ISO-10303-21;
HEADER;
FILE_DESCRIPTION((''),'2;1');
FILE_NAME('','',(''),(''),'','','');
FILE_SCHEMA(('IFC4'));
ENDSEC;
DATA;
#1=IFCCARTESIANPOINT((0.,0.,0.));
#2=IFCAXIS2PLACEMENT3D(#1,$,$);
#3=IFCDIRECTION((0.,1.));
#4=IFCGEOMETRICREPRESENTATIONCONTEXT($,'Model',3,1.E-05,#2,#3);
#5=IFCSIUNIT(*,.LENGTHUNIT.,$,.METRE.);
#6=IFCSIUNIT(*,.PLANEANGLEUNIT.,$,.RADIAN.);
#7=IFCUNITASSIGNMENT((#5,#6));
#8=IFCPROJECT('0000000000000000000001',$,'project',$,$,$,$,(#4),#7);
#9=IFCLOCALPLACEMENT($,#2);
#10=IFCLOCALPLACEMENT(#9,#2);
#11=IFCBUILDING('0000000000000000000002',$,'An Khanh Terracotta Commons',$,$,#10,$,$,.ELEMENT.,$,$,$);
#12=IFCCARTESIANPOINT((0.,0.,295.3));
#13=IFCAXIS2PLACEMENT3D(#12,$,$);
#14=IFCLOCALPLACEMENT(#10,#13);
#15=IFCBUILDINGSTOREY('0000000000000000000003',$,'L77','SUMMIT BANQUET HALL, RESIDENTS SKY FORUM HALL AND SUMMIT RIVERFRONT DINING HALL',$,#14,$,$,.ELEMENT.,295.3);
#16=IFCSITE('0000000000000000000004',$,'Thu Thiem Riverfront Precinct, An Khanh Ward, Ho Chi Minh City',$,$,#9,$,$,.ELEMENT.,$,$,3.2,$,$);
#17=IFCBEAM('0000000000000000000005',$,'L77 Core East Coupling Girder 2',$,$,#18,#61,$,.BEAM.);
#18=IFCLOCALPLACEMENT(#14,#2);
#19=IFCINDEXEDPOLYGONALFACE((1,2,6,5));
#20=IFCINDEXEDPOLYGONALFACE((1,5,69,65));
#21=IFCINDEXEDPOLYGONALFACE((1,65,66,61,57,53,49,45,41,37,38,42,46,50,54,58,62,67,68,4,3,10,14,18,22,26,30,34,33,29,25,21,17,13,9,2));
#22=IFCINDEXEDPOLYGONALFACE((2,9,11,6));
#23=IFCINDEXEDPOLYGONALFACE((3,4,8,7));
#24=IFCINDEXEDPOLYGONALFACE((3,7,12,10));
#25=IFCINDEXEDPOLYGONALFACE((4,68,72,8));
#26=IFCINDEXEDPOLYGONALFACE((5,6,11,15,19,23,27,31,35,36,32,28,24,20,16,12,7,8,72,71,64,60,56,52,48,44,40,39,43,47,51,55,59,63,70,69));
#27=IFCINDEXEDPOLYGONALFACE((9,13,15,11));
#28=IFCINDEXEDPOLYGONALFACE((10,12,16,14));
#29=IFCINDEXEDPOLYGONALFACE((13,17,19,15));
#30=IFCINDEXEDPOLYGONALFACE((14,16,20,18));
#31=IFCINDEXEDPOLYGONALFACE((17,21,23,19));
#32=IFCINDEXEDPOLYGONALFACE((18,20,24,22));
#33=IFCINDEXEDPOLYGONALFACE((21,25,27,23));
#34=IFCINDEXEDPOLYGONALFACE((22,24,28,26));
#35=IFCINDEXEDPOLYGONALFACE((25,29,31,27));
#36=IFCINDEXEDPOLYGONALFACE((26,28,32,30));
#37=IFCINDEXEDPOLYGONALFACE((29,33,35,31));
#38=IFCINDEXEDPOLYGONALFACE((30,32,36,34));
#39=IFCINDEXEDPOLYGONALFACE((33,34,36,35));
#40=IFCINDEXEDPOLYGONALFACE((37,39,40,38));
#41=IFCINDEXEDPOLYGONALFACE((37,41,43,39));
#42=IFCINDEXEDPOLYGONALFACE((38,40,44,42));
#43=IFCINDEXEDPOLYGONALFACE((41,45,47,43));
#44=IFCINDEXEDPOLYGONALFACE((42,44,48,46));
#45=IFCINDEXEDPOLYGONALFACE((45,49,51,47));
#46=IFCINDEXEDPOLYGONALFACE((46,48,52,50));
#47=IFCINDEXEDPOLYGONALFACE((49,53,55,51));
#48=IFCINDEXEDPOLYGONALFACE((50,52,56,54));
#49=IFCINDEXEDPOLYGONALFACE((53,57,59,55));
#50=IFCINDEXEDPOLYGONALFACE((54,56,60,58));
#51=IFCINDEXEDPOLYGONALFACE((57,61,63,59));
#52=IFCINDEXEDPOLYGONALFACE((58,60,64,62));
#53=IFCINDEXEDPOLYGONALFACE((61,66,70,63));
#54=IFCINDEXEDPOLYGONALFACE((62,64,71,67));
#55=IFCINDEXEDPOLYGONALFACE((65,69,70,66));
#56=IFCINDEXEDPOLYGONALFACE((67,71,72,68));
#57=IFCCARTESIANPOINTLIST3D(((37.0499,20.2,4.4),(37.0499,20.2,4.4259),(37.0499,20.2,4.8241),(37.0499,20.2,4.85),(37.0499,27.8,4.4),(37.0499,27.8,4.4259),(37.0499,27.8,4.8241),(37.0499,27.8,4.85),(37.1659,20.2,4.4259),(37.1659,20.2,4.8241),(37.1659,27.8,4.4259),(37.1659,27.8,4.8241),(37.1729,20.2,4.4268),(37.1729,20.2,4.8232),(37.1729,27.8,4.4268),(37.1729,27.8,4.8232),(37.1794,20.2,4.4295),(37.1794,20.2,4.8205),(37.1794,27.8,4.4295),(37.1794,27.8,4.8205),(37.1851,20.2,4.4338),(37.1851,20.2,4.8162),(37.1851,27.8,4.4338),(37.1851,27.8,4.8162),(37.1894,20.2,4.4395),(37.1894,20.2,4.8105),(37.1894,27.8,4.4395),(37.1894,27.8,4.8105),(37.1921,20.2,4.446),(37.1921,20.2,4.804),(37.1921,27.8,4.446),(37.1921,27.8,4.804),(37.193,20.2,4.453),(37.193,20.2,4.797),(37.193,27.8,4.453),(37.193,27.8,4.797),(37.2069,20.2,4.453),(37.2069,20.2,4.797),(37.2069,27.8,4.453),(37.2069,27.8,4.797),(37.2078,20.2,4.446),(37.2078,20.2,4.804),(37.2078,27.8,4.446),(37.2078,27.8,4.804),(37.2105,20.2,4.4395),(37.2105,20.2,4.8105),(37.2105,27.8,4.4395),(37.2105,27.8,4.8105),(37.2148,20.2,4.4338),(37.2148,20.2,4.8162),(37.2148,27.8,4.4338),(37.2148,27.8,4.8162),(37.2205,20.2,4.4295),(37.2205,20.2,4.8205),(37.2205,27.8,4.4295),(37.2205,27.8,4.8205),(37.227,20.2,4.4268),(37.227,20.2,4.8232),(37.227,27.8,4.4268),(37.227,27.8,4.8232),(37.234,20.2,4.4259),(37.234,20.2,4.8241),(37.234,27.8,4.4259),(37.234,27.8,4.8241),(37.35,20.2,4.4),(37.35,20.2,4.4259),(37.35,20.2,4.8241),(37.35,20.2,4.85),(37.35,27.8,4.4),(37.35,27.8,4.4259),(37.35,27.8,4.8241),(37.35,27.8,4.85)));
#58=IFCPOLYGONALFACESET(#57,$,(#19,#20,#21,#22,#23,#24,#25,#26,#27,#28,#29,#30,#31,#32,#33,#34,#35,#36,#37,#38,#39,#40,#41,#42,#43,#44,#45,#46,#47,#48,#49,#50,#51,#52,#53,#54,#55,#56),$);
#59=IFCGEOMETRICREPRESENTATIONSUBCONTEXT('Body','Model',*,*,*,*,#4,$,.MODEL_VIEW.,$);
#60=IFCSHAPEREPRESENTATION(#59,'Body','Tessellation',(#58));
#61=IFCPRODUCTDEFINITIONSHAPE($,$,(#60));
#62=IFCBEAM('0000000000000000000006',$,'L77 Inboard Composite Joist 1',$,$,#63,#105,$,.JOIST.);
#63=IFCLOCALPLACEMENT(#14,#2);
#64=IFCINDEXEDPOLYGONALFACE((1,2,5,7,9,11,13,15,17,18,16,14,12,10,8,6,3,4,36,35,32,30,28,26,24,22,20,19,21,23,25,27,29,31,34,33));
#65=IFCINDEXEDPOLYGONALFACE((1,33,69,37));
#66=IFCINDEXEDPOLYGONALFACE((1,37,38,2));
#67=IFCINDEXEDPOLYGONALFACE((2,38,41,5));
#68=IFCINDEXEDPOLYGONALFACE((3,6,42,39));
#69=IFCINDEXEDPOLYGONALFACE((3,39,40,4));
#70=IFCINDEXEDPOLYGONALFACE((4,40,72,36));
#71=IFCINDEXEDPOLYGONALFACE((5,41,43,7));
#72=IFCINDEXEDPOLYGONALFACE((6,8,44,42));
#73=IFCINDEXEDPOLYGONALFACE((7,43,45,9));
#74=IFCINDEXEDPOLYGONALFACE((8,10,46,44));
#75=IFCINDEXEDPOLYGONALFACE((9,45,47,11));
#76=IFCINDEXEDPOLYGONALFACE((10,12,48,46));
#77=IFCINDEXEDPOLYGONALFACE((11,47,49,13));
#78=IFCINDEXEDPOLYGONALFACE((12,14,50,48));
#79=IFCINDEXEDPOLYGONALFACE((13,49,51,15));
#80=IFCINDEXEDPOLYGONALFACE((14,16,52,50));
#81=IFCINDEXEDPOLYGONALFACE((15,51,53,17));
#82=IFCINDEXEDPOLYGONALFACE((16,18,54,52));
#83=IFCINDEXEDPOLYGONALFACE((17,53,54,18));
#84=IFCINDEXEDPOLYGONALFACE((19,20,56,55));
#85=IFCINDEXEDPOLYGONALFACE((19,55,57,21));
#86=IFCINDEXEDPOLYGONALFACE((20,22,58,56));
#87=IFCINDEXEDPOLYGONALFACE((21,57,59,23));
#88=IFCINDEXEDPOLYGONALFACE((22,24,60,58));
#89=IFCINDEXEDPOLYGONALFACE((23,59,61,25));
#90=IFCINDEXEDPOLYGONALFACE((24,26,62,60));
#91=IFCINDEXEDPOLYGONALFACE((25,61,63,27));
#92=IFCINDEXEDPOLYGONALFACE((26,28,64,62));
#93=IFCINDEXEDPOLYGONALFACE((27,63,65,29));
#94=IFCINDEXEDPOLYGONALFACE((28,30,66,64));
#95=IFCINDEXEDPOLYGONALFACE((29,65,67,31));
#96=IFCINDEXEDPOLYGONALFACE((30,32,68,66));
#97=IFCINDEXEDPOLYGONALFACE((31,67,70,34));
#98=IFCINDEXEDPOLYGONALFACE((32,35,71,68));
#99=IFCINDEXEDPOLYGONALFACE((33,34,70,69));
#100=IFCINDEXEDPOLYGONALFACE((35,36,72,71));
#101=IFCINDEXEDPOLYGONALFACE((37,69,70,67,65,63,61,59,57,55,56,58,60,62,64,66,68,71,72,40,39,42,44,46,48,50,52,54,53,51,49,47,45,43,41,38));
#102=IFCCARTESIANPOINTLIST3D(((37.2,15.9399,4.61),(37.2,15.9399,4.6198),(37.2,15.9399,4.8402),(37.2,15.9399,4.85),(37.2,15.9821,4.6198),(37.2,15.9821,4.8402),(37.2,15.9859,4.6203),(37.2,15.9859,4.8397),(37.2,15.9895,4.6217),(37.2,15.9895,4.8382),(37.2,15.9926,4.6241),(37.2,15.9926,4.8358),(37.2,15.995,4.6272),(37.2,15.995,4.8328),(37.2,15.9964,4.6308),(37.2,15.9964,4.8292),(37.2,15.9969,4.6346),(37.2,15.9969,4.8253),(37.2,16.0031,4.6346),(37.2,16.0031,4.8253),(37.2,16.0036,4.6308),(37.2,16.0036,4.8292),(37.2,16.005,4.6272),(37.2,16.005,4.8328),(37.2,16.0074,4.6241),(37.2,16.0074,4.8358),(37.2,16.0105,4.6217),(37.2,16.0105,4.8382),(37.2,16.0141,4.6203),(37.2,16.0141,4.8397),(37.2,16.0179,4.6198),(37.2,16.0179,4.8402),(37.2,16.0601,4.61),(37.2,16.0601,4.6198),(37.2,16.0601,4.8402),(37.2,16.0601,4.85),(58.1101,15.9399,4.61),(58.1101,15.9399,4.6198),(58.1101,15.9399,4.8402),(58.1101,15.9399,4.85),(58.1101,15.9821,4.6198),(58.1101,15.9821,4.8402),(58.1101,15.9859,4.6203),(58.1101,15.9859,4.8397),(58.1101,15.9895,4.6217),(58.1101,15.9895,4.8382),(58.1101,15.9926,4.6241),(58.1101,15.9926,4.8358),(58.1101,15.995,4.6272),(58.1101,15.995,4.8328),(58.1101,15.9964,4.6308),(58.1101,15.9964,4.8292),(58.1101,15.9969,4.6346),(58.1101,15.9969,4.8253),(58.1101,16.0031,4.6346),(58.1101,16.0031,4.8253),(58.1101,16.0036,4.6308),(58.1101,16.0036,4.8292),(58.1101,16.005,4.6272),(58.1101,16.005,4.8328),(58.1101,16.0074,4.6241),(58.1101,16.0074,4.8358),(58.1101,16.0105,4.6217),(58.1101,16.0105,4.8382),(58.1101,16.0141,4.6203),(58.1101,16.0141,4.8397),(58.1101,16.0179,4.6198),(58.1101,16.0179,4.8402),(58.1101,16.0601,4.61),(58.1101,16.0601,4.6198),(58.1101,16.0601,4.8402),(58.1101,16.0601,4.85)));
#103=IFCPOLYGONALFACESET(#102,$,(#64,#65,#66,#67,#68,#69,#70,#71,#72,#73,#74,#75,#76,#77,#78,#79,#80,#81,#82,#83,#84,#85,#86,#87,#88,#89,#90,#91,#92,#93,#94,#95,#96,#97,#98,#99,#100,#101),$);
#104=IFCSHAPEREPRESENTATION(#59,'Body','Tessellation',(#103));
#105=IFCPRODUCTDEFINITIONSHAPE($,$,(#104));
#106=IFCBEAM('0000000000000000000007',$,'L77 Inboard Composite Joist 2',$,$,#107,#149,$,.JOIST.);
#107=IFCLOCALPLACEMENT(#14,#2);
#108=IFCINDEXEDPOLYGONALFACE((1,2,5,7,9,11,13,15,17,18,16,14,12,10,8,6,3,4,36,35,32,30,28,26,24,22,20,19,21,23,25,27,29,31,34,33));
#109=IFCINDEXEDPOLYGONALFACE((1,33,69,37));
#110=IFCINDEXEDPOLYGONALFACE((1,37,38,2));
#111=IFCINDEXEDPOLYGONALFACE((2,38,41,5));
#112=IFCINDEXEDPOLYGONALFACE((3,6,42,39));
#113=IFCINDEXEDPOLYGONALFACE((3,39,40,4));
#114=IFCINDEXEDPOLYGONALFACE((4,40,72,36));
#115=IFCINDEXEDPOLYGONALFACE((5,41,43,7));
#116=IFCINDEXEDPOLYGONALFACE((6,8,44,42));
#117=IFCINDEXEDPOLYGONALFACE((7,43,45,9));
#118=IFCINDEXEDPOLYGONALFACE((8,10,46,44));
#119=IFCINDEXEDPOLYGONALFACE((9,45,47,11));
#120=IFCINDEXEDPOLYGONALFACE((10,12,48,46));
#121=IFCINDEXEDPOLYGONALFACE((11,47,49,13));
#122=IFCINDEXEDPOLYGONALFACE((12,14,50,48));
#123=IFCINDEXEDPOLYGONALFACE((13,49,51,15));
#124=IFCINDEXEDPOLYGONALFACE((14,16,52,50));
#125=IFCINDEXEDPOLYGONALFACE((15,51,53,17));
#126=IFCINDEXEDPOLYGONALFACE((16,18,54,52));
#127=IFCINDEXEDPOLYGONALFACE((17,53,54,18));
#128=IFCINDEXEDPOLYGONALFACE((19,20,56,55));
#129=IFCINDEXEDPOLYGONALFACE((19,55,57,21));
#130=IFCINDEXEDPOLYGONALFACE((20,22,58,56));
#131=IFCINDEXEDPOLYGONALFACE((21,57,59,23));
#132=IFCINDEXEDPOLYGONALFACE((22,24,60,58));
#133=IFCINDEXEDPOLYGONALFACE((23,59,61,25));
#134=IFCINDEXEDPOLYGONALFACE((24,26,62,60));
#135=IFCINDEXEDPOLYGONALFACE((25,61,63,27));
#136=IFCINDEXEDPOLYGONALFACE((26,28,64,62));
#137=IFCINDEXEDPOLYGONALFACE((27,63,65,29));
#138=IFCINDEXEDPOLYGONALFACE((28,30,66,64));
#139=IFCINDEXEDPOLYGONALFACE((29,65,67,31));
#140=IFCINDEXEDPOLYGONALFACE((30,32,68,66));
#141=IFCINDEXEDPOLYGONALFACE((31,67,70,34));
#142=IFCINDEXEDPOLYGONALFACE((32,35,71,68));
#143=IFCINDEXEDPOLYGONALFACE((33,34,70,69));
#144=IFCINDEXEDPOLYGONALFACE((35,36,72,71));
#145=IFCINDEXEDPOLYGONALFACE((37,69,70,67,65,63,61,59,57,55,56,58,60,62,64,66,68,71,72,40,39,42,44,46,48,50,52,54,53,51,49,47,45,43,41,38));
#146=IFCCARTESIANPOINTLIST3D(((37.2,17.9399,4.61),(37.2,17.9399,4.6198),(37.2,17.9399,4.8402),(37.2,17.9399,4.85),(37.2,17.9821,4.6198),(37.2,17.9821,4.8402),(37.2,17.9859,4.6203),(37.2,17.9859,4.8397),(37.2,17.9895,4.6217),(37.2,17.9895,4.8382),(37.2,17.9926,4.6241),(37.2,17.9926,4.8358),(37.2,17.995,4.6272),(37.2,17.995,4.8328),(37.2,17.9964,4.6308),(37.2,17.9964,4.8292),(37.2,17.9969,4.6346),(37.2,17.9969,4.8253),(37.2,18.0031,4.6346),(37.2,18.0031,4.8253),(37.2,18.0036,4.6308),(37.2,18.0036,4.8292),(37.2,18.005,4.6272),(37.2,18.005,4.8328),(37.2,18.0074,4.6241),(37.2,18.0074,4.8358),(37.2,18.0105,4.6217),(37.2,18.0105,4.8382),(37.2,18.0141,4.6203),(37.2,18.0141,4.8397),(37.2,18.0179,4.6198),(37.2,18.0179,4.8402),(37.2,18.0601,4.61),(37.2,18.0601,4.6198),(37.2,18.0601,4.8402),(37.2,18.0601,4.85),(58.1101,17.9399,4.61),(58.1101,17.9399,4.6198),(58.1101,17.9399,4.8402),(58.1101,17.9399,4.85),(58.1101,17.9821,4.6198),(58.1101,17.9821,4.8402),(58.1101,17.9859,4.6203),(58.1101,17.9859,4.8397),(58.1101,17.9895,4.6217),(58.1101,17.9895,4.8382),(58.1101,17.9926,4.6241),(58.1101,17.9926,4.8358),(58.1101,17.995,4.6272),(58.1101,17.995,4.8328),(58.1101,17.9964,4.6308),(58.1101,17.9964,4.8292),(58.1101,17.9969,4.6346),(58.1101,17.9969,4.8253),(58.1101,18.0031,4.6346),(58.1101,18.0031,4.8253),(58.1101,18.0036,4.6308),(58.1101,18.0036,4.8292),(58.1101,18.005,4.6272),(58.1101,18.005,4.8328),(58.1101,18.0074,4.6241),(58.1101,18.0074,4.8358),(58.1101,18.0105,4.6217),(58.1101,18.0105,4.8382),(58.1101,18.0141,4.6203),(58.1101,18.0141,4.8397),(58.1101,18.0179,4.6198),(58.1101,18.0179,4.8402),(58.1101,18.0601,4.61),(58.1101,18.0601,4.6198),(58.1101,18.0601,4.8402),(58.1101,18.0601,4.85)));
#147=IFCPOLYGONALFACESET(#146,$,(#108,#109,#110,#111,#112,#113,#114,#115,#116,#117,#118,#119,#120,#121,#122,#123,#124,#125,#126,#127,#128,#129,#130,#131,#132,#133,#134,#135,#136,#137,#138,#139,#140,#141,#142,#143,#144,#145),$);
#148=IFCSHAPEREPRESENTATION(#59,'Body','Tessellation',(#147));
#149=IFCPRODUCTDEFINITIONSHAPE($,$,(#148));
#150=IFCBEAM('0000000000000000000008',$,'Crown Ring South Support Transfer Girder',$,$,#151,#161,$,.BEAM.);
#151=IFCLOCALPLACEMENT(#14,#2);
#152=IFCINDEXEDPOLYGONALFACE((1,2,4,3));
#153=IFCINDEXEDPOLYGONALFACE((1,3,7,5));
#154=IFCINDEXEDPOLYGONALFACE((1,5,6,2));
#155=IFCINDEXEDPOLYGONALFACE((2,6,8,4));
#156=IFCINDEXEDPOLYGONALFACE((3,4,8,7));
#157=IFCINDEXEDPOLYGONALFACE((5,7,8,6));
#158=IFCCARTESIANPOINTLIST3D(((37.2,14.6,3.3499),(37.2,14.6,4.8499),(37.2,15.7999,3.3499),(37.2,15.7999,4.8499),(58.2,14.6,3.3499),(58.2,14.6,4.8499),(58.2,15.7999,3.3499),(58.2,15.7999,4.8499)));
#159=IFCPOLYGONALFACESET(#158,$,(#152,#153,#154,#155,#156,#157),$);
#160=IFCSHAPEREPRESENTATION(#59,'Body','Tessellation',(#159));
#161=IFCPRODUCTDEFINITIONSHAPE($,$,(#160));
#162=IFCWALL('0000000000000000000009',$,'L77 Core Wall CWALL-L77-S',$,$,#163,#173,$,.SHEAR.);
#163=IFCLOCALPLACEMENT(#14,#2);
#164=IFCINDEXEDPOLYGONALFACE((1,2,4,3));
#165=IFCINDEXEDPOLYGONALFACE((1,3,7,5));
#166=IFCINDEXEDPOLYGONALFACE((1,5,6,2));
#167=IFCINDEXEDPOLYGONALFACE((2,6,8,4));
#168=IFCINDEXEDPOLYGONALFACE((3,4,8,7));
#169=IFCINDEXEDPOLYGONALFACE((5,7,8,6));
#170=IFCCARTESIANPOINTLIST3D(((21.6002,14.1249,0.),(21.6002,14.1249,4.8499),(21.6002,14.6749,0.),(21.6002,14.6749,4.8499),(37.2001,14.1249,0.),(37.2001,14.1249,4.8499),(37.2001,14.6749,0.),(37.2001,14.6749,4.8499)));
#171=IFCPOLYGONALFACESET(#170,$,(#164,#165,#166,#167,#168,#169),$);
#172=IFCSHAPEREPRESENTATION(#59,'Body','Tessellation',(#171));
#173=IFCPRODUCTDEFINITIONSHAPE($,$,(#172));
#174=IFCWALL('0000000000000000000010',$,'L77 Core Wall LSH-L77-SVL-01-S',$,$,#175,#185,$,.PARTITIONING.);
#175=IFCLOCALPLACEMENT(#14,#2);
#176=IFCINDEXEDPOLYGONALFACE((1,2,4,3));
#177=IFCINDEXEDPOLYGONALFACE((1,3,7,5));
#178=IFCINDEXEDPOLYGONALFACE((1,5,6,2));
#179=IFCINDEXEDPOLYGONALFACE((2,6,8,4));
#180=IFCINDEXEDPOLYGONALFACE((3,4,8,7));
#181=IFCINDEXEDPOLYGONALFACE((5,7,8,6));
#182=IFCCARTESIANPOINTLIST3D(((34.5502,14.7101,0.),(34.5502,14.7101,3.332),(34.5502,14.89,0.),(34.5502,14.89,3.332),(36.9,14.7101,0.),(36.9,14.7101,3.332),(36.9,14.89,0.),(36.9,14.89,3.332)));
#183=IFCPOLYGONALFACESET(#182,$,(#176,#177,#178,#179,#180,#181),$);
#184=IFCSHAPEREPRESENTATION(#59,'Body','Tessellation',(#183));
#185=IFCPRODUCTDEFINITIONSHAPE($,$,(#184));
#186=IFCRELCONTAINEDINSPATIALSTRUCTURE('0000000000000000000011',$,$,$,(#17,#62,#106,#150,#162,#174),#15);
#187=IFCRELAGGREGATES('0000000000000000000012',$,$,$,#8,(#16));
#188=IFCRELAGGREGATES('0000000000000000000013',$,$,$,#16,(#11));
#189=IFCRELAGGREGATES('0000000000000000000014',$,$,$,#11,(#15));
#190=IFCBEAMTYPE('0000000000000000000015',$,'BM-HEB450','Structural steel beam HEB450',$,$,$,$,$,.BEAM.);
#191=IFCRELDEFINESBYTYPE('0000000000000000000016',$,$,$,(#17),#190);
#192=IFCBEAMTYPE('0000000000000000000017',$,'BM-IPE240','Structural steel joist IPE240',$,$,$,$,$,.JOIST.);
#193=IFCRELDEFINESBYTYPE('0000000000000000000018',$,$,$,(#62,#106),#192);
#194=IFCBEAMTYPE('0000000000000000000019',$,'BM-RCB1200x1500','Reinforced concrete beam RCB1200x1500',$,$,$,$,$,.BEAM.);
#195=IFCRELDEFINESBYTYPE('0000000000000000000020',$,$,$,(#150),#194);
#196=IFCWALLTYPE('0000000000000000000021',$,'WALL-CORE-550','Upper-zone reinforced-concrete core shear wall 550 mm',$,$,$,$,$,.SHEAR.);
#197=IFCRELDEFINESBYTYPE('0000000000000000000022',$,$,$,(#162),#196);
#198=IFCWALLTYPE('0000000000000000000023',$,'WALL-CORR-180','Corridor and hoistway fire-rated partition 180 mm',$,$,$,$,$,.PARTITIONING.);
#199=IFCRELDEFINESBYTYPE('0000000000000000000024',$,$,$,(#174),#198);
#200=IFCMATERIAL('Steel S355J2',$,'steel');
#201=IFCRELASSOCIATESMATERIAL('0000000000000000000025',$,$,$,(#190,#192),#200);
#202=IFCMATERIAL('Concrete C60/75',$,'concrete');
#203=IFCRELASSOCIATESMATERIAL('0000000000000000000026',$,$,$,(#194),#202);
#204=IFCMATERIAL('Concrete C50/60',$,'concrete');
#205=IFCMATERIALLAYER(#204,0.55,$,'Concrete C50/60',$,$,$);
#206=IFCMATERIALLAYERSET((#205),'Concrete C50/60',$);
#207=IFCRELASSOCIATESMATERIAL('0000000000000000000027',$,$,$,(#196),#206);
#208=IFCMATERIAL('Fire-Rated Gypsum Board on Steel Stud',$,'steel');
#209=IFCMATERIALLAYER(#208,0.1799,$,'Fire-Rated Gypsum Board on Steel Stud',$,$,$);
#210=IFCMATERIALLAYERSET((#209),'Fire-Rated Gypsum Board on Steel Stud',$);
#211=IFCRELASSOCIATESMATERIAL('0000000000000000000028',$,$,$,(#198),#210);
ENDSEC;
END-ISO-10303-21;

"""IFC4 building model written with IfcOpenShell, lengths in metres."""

from ifc_helpers import new_model, si_unit, direction, frame, frame_2d, origin, origin_2d, place, context, subcontext, project, spatial, rectangle, i_section, extrude, material, layer, layer_set, material_profile, profile_set, type_object, element, save


model = new_model("IFC4")

# Units and contexts
model_context = context("Model", 3, precision=1e-05, world=origin(), true_north=direction((0.0, 1.0)))
body_context = subcontext(model_context, "Body", "Model", "MODEL_VIEW")
ifc_project = project(units=[si_unit("LENGTHUNIT", "METRE"), si_unit("PLANEANGLEUNIT", "RADIAN")], contexts=[model_context])

# Site, building, storey
site_placement = place(None, origin())
site = spatial("IfcSite", under=ifc_project, at=site_placement, Name="Thu Thiem Riverfront Precinct, An Khanh Ward, Ho Chi Minh City", CompositionType="ELEMENT", RefElevation=3.2)
building_placement = place(site_placement, origin())
building = spatial("IfcBuilding", under=site, at=building_placement, Name="An Khanh Terracotta Commons", CompositionType="ELEMENT")
storey_placement = place(building_placement, frame((0.0, 0.0, 295.3)))
storey = spatial("IfcBuildingStorey", under=building, at=storey_placement, Name="L77", Description="SUMMIT BANQUET HALL, RESIDENTS SKY FORUM HALL AND SUMMIT RIVERFRONT DINING HALL", CompositionType="ELEMENT", Elevation=295.3)

# Shared definitions
ifc_material_1 = material(Name="Concrete C50/60", Category="concrete")

# Beams
ifc_material_2 = material(Name="Steel S355J2", Category="steel")
ifc_material_profile_1 = material_profile(ifc_material_2, i_section(OverallWidth=0.3, OverallDepth=0.45, WebThickness=0.0139, FlangeThickness=0.0259, FilletRadius=0.0271, at=origin_2d()), Name="HEB450")
ifc_profile_set_1 = profile_set([ifc_material_profile_1], Name="Steel S355J2")
beam_type_1 = type_object("IfcBeamType", Name="BM-HEB450", Description="Structural steel beam HEB450", PredefinedType="BEAM", material=ifc_profile_set_1)
beam_1_placement = place(storey_placement, frame((37.2, 20.2, 4.625), z_axis=(0.0, 1.0, 0.0), x_axis=(-1.0, 0.0, 0.0)))
element("IfcBeam", 1, at=beam_1_placement, inside=storey, type_object=beam_type_1, Name="L77 Core East Coupling Girder 2", PredefinedType="BEAM", context=body_context, shape_type="SweptSolid", body=[
    extrude(i_section(OverallWidth=0.3, OverallDepth=0.45, WebThickness=0.0139, FlangeThickness=0.0259, FilletRadius=0.0271, at=origin_2d()), origin(), (0.0, 0.0, 1.0), 7.6001),
])
ifc_material_profile_2 = material_profile(ifc_material_2, i_section(OverallWidth=0.1201, OverallDepth=0.24, WebThickness=0.0061, FlangeThickness=0.0098, FilletRadius=0.0149, at=origin_2d()), Name="IPE240")
ifc_profile_set_2 = profile_set([ifc_material_profile_2], Name="Steel S355J2")
beam_type_2 = type_object("IfcBeamType", Name="BM-IPE240", Description="Structural steel joist IPE240", PredefinedType="JOIST", material=ifc_profile_set_2)
for number, where, z_axis, x_axis, name in (
    (2, (37.2, 16.0, 4.73), (1.0, 0.0, 0.0), (0.0, 1.0, 0.0), "L77 Inboard Composite Joist 1"),
    (3, (37.2, 18.0, 4.73), (1.0, 0.0, 0.0), (0.0, 1.0, 0.0), "L77 Inboard Composite Joist 2"),
):
    element("IfcBeam", number, at=place(storey_placement, frame(where, z_axis=z_axis, x_axis=x_axis)), inside=storey, type_object=beam_type_2, Name=name, PredefinedType="JOIST", context=body_context, shape_type="SweptSolid", body=[
        extrude(i_section(OverallWidth=0.1201, OverallDepth=0.24, WebThickness=0.0061, FlangeThickness=0.0098, FilletRadius=0.0149, at=origin_2d()), origin(), (0.0, 0.0, 1.0), 20.9102),
    ])
ifc_material_3 = material(Name="Concrete C60/75", Category="concrete")
ifc_material_profile_3 = material_profile(ifc_material_3, rectangle(XDim=1.2, YDim=1.5, at=origin_2d()), Name="RCB1200x1500")
ifc_profile_set_3 = profile_set([ifc_material_profile_3], Name="Concrete C60/75")
beam_type_3 = type_object("IfcBeamType", Name="BM-RCB1200x1500", Description="Reinforced concrete beam RCB1200x1500", PredefinedType="BEAM", material=ifc_profile_set_3)
beam_2_placement = place(storey_placement, frame((37.2, 15.2, 4.0999), z_axis=(1.0, 0.0, 0.0), x_axis=(0.0, 1.0, 0.0)))
element("IfcBeam", 4, at=beam_2_placement, inside=storey, type_object=beam_type_3, Name="Crown Ring South Support Transfer Girder", PredefinedType="BEAM", context=body_context, shape_type="SweptSolid", body=[
    extrude(rectangle(XDim=1.2, YDim=1.5, at=origin_2d()), origin(), (0.0, 0.0, 1.0), 21.0),
])

# Wall
ifc_layer_1 = layer(ifc_material_1, 0.55, Name="Concrete C50/60")
ifc_layer_set_1 = layer_set([ifc_layer_1], Name="Concrete C50/60")
wall_type_1 = type_object("IfcWallType", Name="WALL-CORE-550", Description="Upper-zone reinforced-concrete core shear wall 550 mm", PredefinedType="SHEAR", material=ifc_layer_set_1)
wall_1_placement = place(storey_placement, frame((37.2, 14.3999, 0.0), z_axis=(0.0, 0.0, 1.0), x_axis=(-1.0, 0.0, 0.0)))
element("IfcWall", 5, at=wall_1_placement, inside=storey, type_object=wall_type_1, Name="L77 Core Wall CWALL-L77-S", PredefinedType="SHEAR", context=body_context, shape_type="SweptSolid", body=[
    extrude(rectangle(XDim=15.5999, YDim=0.55, at=frame_2d((7.7998, 0.0))), origin(), (0.0, 0.0, 1.0), 4.8499),
])

# Wall
ifc_material_4 = material(Name="Fire-Rated Gypsum Board on Steel Stud", Category="steel")
ifc_layer_2 = layer(ifc_material_4, 0.1799, Name="Fire-Rated Gypsum Board on Steel Stud")
ifc_layer_set_2 = layer_set([ifc_layer_2], Name="Fire-Rated Gypsum Board on Steel Stud")
wall_type_2 = type_object("IfcWallType", Name="WALL-CORR-180", Description="Corridor and hoistway fire-rated partition 180 mm", PredefinedType="PARTITIONING", material=ifc_layer_set_2)
wall_2_placement = place(storey_placement, frame((36.8999, 14.8, 0.0), z_axis=(0.0, 0.0, 1.0), x_axis=(-1.0, 0.0, 0.0)))
element("IfcWall", 6, at=wall_2_placement, inside=storey, type_object=wall_type_2, Name="L77 Core Wall LSH-L77-SVL-01-S", PredefinedType="PARTITIONING", context=body_context, shape_type="SweptSolid", body=[
    extrude(rectangle(XDim=2.3499, YDim=0.1799, at=frame_2d((1.1748, 0.0))), origin(), (0.0, 0.0, 1.0), 3.332),
])

save(model, "model.ifc")
